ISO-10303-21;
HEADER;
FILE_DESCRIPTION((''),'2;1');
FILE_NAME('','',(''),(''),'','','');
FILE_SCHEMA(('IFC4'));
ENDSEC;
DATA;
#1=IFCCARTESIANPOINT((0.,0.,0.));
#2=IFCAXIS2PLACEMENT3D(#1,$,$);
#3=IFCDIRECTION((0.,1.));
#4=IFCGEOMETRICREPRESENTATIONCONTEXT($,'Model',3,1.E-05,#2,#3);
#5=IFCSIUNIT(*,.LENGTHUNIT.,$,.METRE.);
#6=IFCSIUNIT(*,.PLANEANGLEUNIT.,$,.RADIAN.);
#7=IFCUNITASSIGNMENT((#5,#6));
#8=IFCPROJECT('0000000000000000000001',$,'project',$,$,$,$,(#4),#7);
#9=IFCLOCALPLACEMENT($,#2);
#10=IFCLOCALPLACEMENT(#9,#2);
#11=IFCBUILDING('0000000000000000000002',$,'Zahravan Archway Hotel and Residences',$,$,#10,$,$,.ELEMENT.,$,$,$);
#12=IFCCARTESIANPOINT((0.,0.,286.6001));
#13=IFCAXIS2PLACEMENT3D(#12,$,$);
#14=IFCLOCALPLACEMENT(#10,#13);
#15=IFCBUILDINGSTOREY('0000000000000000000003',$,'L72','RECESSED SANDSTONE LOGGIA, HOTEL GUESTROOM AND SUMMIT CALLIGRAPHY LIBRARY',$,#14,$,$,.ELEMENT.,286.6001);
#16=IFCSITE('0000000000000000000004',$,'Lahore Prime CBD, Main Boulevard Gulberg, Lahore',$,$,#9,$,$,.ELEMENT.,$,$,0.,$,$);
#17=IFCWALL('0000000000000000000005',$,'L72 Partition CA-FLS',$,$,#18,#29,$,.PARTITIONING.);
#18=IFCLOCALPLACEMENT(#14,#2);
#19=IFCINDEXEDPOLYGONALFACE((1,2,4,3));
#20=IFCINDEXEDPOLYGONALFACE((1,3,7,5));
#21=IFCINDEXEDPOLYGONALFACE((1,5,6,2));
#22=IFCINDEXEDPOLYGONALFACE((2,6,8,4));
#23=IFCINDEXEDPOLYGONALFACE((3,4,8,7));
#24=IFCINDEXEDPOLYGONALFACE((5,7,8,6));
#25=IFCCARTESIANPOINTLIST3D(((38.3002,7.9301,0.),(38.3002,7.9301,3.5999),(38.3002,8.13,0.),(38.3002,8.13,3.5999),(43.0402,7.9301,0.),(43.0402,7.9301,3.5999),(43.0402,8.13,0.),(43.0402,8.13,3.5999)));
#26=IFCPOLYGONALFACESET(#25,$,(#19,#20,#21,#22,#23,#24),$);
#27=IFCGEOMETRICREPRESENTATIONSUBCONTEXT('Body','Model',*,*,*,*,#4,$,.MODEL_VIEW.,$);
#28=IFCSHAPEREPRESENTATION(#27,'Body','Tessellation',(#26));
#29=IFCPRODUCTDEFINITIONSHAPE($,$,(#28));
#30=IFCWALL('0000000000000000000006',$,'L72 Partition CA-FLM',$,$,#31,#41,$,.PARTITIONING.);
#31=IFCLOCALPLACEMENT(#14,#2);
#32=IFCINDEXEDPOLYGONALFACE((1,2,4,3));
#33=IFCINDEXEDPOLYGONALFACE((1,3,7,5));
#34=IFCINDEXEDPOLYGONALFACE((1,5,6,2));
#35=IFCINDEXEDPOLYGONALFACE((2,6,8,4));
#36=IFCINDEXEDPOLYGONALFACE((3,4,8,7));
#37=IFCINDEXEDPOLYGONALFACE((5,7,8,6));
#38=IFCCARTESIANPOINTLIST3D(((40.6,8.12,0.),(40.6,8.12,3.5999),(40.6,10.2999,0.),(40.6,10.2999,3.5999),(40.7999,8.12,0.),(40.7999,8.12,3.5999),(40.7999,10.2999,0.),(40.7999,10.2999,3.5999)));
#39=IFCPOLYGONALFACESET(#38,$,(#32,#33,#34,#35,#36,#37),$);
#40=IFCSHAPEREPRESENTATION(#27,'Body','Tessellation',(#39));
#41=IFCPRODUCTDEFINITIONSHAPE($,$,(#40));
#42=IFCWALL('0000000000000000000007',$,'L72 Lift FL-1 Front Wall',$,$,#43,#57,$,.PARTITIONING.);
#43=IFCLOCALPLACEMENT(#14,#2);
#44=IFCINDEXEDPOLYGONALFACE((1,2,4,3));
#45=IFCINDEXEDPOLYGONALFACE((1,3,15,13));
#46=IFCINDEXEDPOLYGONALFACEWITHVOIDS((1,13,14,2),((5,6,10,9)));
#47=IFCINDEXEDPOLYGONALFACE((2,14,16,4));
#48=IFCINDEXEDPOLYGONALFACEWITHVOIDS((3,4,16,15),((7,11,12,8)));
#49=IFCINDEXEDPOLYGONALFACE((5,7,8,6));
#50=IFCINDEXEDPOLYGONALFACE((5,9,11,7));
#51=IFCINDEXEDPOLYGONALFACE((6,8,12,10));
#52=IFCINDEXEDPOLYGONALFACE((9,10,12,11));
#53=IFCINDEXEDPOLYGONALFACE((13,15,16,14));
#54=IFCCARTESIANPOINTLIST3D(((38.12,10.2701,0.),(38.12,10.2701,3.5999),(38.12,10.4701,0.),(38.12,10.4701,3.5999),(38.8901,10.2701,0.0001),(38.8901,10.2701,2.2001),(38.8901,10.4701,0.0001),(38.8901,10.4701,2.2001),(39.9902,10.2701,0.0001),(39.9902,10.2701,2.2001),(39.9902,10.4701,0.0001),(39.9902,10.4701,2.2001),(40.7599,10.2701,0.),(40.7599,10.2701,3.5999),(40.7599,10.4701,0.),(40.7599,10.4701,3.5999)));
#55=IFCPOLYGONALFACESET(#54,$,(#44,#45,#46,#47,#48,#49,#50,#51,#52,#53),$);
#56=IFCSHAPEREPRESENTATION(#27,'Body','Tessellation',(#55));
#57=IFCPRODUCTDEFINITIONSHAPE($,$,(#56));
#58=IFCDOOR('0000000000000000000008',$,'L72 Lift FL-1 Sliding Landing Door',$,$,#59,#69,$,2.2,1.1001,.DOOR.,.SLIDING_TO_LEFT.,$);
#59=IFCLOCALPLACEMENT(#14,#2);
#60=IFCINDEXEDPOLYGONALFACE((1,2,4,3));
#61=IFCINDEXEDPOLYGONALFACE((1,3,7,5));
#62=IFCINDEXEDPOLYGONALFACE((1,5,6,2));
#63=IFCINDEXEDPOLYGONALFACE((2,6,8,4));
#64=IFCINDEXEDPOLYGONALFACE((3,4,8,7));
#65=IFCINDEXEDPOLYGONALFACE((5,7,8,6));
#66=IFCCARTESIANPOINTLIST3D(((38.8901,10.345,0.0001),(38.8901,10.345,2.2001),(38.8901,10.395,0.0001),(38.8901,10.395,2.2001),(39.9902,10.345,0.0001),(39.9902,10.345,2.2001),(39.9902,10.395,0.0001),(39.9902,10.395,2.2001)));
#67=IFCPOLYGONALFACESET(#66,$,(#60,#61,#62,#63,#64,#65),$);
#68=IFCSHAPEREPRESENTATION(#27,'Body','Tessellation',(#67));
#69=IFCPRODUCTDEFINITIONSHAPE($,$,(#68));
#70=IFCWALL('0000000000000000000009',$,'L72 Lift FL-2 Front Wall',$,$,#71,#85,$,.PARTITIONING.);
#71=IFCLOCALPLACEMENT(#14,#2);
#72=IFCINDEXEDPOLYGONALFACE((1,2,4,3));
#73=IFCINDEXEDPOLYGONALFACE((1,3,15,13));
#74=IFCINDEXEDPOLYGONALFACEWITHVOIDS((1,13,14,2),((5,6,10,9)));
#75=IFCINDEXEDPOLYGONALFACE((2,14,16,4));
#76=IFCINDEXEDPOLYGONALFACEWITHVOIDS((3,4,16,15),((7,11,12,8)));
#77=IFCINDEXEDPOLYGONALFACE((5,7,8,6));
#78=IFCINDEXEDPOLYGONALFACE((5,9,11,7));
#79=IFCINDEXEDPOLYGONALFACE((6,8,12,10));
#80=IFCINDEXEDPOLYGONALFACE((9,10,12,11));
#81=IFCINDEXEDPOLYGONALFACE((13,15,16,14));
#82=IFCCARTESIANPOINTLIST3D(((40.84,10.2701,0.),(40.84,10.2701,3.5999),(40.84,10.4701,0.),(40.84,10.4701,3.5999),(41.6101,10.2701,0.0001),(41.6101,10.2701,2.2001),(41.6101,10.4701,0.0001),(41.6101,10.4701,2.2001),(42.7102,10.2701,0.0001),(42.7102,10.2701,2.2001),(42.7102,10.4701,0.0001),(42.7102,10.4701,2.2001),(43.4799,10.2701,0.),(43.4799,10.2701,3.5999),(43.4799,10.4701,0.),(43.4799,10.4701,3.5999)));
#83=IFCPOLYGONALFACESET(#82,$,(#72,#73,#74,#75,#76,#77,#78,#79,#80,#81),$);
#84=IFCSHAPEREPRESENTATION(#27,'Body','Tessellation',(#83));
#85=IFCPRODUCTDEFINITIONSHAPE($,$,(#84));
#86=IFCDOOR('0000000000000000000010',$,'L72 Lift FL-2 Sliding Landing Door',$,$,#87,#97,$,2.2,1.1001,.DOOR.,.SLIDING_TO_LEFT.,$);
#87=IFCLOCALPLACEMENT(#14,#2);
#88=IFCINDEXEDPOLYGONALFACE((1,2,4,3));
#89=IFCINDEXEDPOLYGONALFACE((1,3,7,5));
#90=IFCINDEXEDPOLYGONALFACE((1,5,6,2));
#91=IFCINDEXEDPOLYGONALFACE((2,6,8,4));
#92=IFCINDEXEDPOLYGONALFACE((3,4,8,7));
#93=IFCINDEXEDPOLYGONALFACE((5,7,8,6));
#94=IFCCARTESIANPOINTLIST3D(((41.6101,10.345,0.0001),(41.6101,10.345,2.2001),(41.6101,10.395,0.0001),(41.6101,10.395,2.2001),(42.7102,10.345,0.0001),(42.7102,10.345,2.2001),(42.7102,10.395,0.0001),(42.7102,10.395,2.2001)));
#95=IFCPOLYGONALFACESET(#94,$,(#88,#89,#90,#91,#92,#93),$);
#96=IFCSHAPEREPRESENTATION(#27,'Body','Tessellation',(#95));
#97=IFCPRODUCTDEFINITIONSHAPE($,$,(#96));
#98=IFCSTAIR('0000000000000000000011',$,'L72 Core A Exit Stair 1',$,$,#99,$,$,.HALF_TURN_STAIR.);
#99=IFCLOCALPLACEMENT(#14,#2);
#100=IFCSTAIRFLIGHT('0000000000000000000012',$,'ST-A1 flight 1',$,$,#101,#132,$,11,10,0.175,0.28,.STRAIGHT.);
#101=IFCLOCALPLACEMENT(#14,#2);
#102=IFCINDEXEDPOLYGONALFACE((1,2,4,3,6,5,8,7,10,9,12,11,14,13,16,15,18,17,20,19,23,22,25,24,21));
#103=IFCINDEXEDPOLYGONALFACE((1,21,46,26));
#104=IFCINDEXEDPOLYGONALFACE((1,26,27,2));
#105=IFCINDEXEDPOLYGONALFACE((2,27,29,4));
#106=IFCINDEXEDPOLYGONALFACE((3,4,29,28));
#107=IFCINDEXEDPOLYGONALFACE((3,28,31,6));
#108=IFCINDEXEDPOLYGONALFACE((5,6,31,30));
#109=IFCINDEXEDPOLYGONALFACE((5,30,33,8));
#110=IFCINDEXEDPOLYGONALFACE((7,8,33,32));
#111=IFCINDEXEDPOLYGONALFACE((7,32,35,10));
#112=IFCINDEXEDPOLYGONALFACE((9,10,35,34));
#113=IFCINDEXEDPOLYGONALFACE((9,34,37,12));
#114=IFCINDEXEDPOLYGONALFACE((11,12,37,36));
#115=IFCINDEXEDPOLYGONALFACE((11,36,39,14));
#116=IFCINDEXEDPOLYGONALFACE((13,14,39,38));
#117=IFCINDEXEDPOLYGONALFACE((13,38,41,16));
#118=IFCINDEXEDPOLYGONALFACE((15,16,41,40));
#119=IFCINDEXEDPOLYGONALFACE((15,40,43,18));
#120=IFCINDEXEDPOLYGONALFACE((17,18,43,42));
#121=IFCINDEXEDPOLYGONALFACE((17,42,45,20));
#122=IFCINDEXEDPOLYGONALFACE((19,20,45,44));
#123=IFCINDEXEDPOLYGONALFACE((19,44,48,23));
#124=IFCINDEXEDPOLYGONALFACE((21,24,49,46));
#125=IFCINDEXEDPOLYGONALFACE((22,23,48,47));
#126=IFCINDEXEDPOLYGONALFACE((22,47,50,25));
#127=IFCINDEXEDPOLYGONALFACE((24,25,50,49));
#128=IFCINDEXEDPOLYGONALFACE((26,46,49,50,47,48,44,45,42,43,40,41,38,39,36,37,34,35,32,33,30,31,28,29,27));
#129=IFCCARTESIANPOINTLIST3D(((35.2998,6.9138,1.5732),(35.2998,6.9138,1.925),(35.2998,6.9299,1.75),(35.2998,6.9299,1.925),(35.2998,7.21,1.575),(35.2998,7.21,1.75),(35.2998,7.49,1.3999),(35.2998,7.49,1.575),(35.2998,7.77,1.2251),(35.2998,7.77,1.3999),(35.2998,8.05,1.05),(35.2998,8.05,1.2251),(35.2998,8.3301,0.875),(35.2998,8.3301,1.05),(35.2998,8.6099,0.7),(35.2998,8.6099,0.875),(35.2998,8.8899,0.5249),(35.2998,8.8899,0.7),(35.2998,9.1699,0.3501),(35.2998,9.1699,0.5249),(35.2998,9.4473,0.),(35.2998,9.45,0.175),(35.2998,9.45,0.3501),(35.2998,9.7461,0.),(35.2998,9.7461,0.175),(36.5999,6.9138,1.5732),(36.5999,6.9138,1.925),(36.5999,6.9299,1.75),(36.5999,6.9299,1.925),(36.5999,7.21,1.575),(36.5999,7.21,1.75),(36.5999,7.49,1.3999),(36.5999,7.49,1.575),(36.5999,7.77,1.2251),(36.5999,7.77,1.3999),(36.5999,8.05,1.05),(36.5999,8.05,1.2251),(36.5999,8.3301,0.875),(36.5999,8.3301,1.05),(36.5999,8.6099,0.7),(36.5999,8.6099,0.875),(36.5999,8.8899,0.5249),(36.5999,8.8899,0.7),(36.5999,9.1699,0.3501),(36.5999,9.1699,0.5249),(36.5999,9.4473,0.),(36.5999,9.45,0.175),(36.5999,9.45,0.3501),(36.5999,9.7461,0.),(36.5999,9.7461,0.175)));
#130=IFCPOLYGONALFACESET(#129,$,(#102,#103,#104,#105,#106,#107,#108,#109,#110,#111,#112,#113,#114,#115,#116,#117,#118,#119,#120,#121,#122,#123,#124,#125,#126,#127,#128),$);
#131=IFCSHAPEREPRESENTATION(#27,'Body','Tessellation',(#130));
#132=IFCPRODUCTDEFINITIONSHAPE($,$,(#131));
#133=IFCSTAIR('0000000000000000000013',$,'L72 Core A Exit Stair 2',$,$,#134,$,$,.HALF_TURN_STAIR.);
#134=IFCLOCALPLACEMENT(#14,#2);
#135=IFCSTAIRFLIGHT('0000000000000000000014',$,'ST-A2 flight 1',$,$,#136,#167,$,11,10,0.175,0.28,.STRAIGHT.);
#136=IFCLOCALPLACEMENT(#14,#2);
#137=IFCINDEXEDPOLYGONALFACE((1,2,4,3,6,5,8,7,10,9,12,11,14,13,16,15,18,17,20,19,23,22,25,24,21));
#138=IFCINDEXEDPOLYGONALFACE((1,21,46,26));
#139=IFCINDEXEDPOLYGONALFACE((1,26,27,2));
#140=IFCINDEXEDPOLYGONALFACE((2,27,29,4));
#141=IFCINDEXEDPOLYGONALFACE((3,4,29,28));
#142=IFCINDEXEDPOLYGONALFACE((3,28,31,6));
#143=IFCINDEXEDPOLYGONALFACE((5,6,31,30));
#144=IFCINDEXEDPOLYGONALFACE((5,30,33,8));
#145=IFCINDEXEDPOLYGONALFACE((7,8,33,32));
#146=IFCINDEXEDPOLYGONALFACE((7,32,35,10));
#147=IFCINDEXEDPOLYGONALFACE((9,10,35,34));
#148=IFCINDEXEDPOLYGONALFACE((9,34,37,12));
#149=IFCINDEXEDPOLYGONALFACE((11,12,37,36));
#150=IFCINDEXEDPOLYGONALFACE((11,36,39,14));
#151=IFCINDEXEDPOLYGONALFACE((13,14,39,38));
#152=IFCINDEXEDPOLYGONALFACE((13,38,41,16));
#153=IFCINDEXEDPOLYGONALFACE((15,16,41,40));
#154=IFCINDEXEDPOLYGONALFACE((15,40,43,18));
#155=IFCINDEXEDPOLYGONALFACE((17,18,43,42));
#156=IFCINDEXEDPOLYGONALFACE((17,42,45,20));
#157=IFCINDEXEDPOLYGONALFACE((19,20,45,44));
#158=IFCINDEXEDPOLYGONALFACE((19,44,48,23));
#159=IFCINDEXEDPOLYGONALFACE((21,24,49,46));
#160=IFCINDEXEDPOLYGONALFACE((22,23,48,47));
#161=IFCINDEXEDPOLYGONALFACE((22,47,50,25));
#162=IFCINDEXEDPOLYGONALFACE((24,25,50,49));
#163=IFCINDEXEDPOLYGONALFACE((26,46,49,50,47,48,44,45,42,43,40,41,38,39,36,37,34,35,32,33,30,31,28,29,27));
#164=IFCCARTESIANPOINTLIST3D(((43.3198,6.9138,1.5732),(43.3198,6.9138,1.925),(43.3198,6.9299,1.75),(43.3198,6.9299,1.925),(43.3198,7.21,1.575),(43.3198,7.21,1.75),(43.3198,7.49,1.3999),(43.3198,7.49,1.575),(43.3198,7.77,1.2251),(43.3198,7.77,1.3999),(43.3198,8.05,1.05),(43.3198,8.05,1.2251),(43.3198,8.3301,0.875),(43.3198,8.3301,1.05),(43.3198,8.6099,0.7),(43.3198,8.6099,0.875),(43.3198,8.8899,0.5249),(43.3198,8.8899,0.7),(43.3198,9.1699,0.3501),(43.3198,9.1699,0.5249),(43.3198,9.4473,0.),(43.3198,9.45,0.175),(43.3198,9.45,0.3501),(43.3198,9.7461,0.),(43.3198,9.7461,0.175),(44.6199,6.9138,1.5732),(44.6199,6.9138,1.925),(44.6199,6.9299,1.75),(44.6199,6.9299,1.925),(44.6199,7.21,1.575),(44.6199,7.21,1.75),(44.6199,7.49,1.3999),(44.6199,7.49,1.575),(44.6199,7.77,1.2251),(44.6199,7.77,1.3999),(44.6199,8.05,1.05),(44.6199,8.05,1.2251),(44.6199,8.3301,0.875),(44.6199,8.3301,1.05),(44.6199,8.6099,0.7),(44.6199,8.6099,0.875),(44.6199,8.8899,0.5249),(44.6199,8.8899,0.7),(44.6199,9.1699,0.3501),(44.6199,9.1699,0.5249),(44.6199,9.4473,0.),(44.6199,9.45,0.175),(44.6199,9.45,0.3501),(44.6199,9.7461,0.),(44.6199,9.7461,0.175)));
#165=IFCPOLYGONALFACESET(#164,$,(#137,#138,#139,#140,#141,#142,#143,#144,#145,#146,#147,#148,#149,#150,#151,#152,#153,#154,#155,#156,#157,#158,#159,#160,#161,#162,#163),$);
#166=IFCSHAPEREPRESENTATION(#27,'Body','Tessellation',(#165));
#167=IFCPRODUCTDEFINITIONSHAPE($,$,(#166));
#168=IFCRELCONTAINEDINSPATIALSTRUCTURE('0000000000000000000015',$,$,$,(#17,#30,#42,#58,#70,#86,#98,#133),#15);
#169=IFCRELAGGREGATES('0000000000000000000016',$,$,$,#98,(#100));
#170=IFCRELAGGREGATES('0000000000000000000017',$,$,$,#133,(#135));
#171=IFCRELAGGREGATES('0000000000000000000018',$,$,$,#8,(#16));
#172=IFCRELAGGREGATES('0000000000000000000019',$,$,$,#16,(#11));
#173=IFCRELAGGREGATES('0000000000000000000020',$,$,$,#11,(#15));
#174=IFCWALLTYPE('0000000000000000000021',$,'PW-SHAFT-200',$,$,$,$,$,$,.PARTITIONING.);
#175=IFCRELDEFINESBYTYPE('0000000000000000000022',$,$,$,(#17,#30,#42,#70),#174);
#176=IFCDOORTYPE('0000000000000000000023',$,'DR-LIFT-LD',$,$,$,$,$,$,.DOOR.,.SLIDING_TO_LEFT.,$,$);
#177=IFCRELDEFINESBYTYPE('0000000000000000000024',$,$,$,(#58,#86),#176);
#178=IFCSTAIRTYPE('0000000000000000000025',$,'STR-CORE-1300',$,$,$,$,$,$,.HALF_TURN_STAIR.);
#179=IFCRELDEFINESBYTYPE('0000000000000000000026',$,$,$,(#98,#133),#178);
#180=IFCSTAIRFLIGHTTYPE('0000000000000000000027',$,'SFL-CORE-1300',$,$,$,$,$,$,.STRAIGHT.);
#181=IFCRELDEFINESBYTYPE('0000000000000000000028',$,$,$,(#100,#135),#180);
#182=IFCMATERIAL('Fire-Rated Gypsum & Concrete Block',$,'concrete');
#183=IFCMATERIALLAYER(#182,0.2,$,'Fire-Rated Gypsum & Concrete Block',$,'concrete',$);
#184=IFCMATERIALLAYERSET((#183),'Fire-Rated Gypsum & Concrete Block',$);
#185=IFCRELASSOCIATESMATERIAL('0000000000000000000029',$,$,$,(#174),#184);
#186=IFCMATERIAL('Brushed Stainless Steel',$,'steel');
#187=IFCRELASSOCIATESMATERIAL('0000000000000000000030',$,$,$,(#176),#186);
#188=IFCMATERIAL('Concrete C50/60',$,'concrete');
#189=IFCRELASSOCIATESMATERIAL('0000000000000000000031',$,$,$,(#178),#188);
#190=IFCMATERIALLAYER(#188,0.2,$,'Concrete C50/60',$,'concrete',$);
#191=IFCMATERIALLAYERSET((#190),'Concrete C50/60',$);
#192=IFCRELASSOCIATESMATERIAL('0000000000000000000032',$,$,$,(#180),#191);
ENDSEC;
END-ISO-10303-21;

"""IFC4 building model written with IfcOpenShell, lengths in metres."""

from ifc_helpers import new_model, si_unit, direction, frame, frame_2d, origin, place, context, subcontext, project, spatial, polyline, rectangle, outline, extrude, source, transform, mapped, material, layer, layer_set, type_object, type_shapes, element, fill, aggregate, save


model = new_model("IFC4")

# Units and contexts
model_context = context("Model", 3, precision=1e-05, world=origin(), true_north=direction((0.0, 1.0)))
body_context = subcontext(model_context, "Body", "Model", "MODEL_VIEW")
ifc_project = project(units=[si_unit("LENGTHUNIT", "METRE"), si_unit("PLANEANGLEUNIT", "RADIAN")], contexts=[model_context])

# Site, building, storey
site_placement = place(None, origin())
site = spatial("IfcSite", under=ifc_project, at=site_placement, Name="Lahore Prime CBD, Main Boulevard Gulberg, Lahore", CompositionType="ELEMENT", RefElevation=0.0)
building_placement = place(site_placement, origin())
building = spatial("IfcBuilding", under=site, at=building_placement, Name="Zahravan Archway Hotel and Residences", CompositionType="ELEMENT")
storey_placement = place(building_placement, frame((0.0, 0.0, 286.6001)))
storey = spatial("IfcBuildingStorey", under=building, at=storey_placement, Name="L72", Description="RECESSED SANDSTONE LOGGIA, HOTEL GUESTROOM AND SUMMIT CALLIGRAPHY LIBRARY", CompositionType="ELEMENT", Elevation=286.6001)

# Walls
ifc_material_1 = material(Name="Fire-Rated Gypsum & Concrete Block", Category="concrete")
ifc_layer_1 = layer(ifc_material_1, 0.2, Name="Fire-Rated Gypsum & Concrete Block", Category="concrete")
ifc_layer_set_1 = layer_set([ifc_layer_1], Name="Fire-Rated Gypsum & Concrete Block")
wall_type = type_object("IfcWallType", Name="PW-SHAFT-200", PredefinedType="PARTITIONING", material=ifc_layer_set_1)
wall_1_placement = place(storey_placement, frame((38.3, 8.03, 0.0), z_axis=(0.0, 0.0, 1.0), x_axis=(1.0, 0.0, 0.0)))
element("IfcWall", 1, at=wall_1_placement, inside=storey, type_object=wall_type, Name="L72 Partition CA-FLS", PredefinedType="PARTITIONING", context=body_context, shape_type="SweptSolid", body=[
    extrude(rectangle(XDim=4.74, YDim=0.2, at=frame_2d((2.3701, 0.0))), origin(), (0.0, 0.0, 1.0), 3.5999),
])
wall_2_placement = place(storey_placement, frame((40.7, 8.1201, 0.0), z_axis=(0.0, 0.0, 1.0), x_axis=(0.0, 1.0, 0.0)))
element("IfcWall", 2, at=wall_2_placement, inside=storey, type_object=wall_type, Name="L72 Partition CA-FLM", PredefinedType="PARTITIONING", context=body_context, shape_type="SweptSolid", body=[
    extrude(rectangle(XDim=2.1799, YDim=0.2, at=frame_2d((1.0898, 0.0))), origin(), (0.0, 0.0, 1.0), 3.5999),
])

# Walls, openings, doors
wall_3_placement = place(storey_placement, frame((38.1201, 10.3701, 0.0), z_axis=(0.0, 0.0, 1.0), x_axis=(1.0, 0.0, 0.0)))
wall_3 = element("IfcWall", 3, at=wall_3_placement, inside=storey, type_object=wall_type, Name="L72 Lift FL-1 Front Wall", PredefinedType="PARTITIONING", context=body_context, shape_type="SweptSolid", body=[
    extrude(rectangle(XDim=2.6399, YDim=0.2, at=frame_2d((1.3198, 0.0))), origin(), (0.0, 0.0, 1.0), 3.5999),
])
opening_1_placement = place(wall_3_placement, frame((0.77, 0.0, 0.0)))
opening_1 = element("IfcOpeningElement", 4, at=opening_1_placement, cuts=wall_3, PredefinedType="OPENING", context=body_context, shape_type="SweptSolid", body=[
    extrude(rectangle(XDim=1.1001, YDim=2.2, at=frame_2d((0.55, 1.1001))), frame((0.0, 0.1099, 0.0), z_axis=(0.0, -1.0, 0.0), x_axis=(1.0, 0.0, 0.0)), (0.0, 0.0, 1.0), 0.22),
])
ifc_material_2 = material(Name="Brushed Stainless Steel", Category="steel")
door_type = type_object("IfcDoorType", Name="DR-LIFT-LD", OperationType="SLIDING_TO_LEFT", PredefinedType="DOOR", material=ifc_material_2)
shared_shape_1 = source(origin(), body_context, "Body", "SweptSolid", [
    extrude(rectangle(XDim=1.1001, YDim=2.2, at=frame_2d((0.55, 1.1001))), frame((0.0, 0.0249, 0.0), z_axis=(0.0, -1.0, 0.0), x_axis=(1.0, 0.0, 0.0)), (0.0, 0.0, 1.0), 0.05),
])
type_shapes(door_type, [shared_shape_1])
door_1_placement = place(opening_1_placement, origin())
door_1 = element("IfcDoor", 5, at=door_1_placement, inside=storey, type_object=door_type, Name="L72 Lift FL-1 Sliding Landing Door", OperationType="SLIDING_TO_LEFT", OverallHeight=2.2, OverallWidth=1.1001, PredefinedType="DOOR", context=body_context, shape_type="MappedRepresentation", body=[
    mapped(shared_shape_1, transform((0.0, 0.0, 0.0), scale=1.0)),
])
fill(opening_1, door_1)
wall_4_placement = place(storey_placement, frame((40.8401, 10.3701, 0.0), z_axis=(0.0, 0.0, 1.0), x_axis=(1.0, 0.0, 0.0)))
wall_4 = element("IfcWall", 6, at=wall_4_placement, inside=storey, type_object=wall_type, Name="L72 Lift FL-2 Front Wall", PredefinedType="PARTITIONING", context=body_context, shape_type="SweptSolid", body=[
    extrude(rectangle(XDim=2.6399, YDim=0.2, at=frame_2d((1.3198, 0.0))), origin(), (0.0, 0.0, 1.0), 3.5999),
])
opening_2_placement = place(wall_4_placement, frame((0.77, 0.0, 0.0)))
opening_2 = element("IfcOpeningElement", 7, at=opening_2_placement, cuts=wall_4, PredefinedType="OPENING", context=body_context, shape_type="SweptSolid", body=[
    extrude(rectangle(XDim=1.1001, YDim=2.2, at=frame_2d((0.55, 1.1001))), frame((0.0, 0.1099, 0.0), z_axis=(0.0, -1.0, 0.0), x_axis=(1.0, 0.0, 0.0)), (0.0, 0.0, 1.0), 0.22),
])
door_2_placement = place(opening_2_placement, origin())
door_2 = element("IfcDoor", 8, at=door_2_placement, inside=storey, type_object=door_type, Name="L72 Lift FL-2 Sliding Landing Door", OperationType="SLIDING_TO_LEFT", OverallHeight=2.2, OverallWidth=1.1001, PredefinedType="DOOR", context=body_context, shape_type="MappedRepresentation", body=[
    mapped(shared_shape_1, transform((0.0, 0.0, 0.0), scale=1.0)),
])
fill(opening_2, door_2)

# Stairs, stair flights
ifc_material_3 = material(Name="Concrete C50/60", Category="concrete")
stair_type = type_object("IfcStairType", Name="STR-CORE-1300", PredefinedType="HALF_TURN_STAIR", material=ifc_material_3)
stair_1_placement = place(storey_placement, origin())
stair_1 = element("IfcStair", 9, at=stair_1_placement, inside=storey, type_object=stair_type, Name="L72 Core A Exit Stair 1", PredefinedType="HALF_TURN_STAIR")
ifc_layer_2 = layer(ifc_material_3, 0.2, Name="Concrete C50/60", Category="concrete")
ifc_layer_set_2 = layer_set([ifc_layer_2], Name="Concrete C50/60")
stair_flight_type = type_object("IfcStairFlightType", Name="SFL-CORE-1300", PredefinedType="STRAIGHT", material=ifc_layer_set_2)
shared_shape_2 = source(origin(), body_context, "Body", "SweptSolid", [
    extrude(outline(polyline([(-0.0161, 0.0), (-0.0161, 0.175), (0.28, 0.175), (0.28, 0.3501), (0.5601, 0.3501), (0.5601, 0.5249), (0.8401, 0.5249), (0.8401, 0.7), (1.1201, 0.7), (1.1201, 0.875), (1.3999, 0.875), (1.3999, 1.05), (1.6799, 1.05), (1.6799, 1.2251), (1.96, 1.2251), (1.96, 1.3999), (2.24, 1.3999), (2.24, 1.575), (2.52, 1.575), (2.52, 1.75), (2.8, 1.75), (2.8, 1.925), (2.8162, 1.925), (2.8162, 1.5732), (0.2827, 0.0), (-0.0161, 0.0)])), frame((0.0, 0.6499, 0.0), z_axis=(0.0, -1.0, 0.0), x_axis=(1.0, 0.0, 0.0)), (0.0, 0.0, 1.0), 1.3),
])
stair_flight_1_placement = place(storey_placement, frame((35.95, 9.73, 0.0), z_axis=(0.0, 0.0, 1.0), x_axis=(0.0, -1.0, 0.0)))
stair_flight_1 = element("IfcStairFlight", 10, at=stair_flight_1_placement, type_object=stair_flight_type, Name="ST-A1 flight 1", NumberOfRisers=11, NumberOfTreads=10, PredefinedType="STRAIGHT", RiserHeight=0.175, TreadLength=0.28, context=body_context, shape_type="MappedRepresentation", body=[
    mapped(shared_shape_2, transform((0.0, 0.0, 0.0), scale=1.0)),
])
aggregate(stair_1, [stair_flight_1])
stair_2_placement = place(storey_placement, origin())
stair_2 = element("IfcStair", 11, at=stair_2_placement, inside=storey, type_object=stair_type, Name="L72 Core A Exit Stair 2", PredefinedType="HALF_TURN_STAIR")
stair_flight_2_placement = place(storey_placement, frame((43.97, 9.73, 0.0), z_axis=(0.0, 0.0, 1.0), x_axis=(0.0, -1.0, 0.0)))
stair_flight_2 = element("IfcStairFlight", 12, at=stair_flight_2_placement, type_object=stair_flight_type, Name="ST-A2 flight 1", NumberOfRisers=11, NumberOfTreads=10, PredefinedType="STRAIGHT", RiserHeight=0.175, TreadLength=0.28, context=body_context, shape_type="MappedRepresentation", body=[
    mapped(shared_shape_2, transform((0.0, 0.0, 0.0), scale=1.0)),
])
aggregate(stair_2, [stair_flight_2])

save(model, "model.ifc")
